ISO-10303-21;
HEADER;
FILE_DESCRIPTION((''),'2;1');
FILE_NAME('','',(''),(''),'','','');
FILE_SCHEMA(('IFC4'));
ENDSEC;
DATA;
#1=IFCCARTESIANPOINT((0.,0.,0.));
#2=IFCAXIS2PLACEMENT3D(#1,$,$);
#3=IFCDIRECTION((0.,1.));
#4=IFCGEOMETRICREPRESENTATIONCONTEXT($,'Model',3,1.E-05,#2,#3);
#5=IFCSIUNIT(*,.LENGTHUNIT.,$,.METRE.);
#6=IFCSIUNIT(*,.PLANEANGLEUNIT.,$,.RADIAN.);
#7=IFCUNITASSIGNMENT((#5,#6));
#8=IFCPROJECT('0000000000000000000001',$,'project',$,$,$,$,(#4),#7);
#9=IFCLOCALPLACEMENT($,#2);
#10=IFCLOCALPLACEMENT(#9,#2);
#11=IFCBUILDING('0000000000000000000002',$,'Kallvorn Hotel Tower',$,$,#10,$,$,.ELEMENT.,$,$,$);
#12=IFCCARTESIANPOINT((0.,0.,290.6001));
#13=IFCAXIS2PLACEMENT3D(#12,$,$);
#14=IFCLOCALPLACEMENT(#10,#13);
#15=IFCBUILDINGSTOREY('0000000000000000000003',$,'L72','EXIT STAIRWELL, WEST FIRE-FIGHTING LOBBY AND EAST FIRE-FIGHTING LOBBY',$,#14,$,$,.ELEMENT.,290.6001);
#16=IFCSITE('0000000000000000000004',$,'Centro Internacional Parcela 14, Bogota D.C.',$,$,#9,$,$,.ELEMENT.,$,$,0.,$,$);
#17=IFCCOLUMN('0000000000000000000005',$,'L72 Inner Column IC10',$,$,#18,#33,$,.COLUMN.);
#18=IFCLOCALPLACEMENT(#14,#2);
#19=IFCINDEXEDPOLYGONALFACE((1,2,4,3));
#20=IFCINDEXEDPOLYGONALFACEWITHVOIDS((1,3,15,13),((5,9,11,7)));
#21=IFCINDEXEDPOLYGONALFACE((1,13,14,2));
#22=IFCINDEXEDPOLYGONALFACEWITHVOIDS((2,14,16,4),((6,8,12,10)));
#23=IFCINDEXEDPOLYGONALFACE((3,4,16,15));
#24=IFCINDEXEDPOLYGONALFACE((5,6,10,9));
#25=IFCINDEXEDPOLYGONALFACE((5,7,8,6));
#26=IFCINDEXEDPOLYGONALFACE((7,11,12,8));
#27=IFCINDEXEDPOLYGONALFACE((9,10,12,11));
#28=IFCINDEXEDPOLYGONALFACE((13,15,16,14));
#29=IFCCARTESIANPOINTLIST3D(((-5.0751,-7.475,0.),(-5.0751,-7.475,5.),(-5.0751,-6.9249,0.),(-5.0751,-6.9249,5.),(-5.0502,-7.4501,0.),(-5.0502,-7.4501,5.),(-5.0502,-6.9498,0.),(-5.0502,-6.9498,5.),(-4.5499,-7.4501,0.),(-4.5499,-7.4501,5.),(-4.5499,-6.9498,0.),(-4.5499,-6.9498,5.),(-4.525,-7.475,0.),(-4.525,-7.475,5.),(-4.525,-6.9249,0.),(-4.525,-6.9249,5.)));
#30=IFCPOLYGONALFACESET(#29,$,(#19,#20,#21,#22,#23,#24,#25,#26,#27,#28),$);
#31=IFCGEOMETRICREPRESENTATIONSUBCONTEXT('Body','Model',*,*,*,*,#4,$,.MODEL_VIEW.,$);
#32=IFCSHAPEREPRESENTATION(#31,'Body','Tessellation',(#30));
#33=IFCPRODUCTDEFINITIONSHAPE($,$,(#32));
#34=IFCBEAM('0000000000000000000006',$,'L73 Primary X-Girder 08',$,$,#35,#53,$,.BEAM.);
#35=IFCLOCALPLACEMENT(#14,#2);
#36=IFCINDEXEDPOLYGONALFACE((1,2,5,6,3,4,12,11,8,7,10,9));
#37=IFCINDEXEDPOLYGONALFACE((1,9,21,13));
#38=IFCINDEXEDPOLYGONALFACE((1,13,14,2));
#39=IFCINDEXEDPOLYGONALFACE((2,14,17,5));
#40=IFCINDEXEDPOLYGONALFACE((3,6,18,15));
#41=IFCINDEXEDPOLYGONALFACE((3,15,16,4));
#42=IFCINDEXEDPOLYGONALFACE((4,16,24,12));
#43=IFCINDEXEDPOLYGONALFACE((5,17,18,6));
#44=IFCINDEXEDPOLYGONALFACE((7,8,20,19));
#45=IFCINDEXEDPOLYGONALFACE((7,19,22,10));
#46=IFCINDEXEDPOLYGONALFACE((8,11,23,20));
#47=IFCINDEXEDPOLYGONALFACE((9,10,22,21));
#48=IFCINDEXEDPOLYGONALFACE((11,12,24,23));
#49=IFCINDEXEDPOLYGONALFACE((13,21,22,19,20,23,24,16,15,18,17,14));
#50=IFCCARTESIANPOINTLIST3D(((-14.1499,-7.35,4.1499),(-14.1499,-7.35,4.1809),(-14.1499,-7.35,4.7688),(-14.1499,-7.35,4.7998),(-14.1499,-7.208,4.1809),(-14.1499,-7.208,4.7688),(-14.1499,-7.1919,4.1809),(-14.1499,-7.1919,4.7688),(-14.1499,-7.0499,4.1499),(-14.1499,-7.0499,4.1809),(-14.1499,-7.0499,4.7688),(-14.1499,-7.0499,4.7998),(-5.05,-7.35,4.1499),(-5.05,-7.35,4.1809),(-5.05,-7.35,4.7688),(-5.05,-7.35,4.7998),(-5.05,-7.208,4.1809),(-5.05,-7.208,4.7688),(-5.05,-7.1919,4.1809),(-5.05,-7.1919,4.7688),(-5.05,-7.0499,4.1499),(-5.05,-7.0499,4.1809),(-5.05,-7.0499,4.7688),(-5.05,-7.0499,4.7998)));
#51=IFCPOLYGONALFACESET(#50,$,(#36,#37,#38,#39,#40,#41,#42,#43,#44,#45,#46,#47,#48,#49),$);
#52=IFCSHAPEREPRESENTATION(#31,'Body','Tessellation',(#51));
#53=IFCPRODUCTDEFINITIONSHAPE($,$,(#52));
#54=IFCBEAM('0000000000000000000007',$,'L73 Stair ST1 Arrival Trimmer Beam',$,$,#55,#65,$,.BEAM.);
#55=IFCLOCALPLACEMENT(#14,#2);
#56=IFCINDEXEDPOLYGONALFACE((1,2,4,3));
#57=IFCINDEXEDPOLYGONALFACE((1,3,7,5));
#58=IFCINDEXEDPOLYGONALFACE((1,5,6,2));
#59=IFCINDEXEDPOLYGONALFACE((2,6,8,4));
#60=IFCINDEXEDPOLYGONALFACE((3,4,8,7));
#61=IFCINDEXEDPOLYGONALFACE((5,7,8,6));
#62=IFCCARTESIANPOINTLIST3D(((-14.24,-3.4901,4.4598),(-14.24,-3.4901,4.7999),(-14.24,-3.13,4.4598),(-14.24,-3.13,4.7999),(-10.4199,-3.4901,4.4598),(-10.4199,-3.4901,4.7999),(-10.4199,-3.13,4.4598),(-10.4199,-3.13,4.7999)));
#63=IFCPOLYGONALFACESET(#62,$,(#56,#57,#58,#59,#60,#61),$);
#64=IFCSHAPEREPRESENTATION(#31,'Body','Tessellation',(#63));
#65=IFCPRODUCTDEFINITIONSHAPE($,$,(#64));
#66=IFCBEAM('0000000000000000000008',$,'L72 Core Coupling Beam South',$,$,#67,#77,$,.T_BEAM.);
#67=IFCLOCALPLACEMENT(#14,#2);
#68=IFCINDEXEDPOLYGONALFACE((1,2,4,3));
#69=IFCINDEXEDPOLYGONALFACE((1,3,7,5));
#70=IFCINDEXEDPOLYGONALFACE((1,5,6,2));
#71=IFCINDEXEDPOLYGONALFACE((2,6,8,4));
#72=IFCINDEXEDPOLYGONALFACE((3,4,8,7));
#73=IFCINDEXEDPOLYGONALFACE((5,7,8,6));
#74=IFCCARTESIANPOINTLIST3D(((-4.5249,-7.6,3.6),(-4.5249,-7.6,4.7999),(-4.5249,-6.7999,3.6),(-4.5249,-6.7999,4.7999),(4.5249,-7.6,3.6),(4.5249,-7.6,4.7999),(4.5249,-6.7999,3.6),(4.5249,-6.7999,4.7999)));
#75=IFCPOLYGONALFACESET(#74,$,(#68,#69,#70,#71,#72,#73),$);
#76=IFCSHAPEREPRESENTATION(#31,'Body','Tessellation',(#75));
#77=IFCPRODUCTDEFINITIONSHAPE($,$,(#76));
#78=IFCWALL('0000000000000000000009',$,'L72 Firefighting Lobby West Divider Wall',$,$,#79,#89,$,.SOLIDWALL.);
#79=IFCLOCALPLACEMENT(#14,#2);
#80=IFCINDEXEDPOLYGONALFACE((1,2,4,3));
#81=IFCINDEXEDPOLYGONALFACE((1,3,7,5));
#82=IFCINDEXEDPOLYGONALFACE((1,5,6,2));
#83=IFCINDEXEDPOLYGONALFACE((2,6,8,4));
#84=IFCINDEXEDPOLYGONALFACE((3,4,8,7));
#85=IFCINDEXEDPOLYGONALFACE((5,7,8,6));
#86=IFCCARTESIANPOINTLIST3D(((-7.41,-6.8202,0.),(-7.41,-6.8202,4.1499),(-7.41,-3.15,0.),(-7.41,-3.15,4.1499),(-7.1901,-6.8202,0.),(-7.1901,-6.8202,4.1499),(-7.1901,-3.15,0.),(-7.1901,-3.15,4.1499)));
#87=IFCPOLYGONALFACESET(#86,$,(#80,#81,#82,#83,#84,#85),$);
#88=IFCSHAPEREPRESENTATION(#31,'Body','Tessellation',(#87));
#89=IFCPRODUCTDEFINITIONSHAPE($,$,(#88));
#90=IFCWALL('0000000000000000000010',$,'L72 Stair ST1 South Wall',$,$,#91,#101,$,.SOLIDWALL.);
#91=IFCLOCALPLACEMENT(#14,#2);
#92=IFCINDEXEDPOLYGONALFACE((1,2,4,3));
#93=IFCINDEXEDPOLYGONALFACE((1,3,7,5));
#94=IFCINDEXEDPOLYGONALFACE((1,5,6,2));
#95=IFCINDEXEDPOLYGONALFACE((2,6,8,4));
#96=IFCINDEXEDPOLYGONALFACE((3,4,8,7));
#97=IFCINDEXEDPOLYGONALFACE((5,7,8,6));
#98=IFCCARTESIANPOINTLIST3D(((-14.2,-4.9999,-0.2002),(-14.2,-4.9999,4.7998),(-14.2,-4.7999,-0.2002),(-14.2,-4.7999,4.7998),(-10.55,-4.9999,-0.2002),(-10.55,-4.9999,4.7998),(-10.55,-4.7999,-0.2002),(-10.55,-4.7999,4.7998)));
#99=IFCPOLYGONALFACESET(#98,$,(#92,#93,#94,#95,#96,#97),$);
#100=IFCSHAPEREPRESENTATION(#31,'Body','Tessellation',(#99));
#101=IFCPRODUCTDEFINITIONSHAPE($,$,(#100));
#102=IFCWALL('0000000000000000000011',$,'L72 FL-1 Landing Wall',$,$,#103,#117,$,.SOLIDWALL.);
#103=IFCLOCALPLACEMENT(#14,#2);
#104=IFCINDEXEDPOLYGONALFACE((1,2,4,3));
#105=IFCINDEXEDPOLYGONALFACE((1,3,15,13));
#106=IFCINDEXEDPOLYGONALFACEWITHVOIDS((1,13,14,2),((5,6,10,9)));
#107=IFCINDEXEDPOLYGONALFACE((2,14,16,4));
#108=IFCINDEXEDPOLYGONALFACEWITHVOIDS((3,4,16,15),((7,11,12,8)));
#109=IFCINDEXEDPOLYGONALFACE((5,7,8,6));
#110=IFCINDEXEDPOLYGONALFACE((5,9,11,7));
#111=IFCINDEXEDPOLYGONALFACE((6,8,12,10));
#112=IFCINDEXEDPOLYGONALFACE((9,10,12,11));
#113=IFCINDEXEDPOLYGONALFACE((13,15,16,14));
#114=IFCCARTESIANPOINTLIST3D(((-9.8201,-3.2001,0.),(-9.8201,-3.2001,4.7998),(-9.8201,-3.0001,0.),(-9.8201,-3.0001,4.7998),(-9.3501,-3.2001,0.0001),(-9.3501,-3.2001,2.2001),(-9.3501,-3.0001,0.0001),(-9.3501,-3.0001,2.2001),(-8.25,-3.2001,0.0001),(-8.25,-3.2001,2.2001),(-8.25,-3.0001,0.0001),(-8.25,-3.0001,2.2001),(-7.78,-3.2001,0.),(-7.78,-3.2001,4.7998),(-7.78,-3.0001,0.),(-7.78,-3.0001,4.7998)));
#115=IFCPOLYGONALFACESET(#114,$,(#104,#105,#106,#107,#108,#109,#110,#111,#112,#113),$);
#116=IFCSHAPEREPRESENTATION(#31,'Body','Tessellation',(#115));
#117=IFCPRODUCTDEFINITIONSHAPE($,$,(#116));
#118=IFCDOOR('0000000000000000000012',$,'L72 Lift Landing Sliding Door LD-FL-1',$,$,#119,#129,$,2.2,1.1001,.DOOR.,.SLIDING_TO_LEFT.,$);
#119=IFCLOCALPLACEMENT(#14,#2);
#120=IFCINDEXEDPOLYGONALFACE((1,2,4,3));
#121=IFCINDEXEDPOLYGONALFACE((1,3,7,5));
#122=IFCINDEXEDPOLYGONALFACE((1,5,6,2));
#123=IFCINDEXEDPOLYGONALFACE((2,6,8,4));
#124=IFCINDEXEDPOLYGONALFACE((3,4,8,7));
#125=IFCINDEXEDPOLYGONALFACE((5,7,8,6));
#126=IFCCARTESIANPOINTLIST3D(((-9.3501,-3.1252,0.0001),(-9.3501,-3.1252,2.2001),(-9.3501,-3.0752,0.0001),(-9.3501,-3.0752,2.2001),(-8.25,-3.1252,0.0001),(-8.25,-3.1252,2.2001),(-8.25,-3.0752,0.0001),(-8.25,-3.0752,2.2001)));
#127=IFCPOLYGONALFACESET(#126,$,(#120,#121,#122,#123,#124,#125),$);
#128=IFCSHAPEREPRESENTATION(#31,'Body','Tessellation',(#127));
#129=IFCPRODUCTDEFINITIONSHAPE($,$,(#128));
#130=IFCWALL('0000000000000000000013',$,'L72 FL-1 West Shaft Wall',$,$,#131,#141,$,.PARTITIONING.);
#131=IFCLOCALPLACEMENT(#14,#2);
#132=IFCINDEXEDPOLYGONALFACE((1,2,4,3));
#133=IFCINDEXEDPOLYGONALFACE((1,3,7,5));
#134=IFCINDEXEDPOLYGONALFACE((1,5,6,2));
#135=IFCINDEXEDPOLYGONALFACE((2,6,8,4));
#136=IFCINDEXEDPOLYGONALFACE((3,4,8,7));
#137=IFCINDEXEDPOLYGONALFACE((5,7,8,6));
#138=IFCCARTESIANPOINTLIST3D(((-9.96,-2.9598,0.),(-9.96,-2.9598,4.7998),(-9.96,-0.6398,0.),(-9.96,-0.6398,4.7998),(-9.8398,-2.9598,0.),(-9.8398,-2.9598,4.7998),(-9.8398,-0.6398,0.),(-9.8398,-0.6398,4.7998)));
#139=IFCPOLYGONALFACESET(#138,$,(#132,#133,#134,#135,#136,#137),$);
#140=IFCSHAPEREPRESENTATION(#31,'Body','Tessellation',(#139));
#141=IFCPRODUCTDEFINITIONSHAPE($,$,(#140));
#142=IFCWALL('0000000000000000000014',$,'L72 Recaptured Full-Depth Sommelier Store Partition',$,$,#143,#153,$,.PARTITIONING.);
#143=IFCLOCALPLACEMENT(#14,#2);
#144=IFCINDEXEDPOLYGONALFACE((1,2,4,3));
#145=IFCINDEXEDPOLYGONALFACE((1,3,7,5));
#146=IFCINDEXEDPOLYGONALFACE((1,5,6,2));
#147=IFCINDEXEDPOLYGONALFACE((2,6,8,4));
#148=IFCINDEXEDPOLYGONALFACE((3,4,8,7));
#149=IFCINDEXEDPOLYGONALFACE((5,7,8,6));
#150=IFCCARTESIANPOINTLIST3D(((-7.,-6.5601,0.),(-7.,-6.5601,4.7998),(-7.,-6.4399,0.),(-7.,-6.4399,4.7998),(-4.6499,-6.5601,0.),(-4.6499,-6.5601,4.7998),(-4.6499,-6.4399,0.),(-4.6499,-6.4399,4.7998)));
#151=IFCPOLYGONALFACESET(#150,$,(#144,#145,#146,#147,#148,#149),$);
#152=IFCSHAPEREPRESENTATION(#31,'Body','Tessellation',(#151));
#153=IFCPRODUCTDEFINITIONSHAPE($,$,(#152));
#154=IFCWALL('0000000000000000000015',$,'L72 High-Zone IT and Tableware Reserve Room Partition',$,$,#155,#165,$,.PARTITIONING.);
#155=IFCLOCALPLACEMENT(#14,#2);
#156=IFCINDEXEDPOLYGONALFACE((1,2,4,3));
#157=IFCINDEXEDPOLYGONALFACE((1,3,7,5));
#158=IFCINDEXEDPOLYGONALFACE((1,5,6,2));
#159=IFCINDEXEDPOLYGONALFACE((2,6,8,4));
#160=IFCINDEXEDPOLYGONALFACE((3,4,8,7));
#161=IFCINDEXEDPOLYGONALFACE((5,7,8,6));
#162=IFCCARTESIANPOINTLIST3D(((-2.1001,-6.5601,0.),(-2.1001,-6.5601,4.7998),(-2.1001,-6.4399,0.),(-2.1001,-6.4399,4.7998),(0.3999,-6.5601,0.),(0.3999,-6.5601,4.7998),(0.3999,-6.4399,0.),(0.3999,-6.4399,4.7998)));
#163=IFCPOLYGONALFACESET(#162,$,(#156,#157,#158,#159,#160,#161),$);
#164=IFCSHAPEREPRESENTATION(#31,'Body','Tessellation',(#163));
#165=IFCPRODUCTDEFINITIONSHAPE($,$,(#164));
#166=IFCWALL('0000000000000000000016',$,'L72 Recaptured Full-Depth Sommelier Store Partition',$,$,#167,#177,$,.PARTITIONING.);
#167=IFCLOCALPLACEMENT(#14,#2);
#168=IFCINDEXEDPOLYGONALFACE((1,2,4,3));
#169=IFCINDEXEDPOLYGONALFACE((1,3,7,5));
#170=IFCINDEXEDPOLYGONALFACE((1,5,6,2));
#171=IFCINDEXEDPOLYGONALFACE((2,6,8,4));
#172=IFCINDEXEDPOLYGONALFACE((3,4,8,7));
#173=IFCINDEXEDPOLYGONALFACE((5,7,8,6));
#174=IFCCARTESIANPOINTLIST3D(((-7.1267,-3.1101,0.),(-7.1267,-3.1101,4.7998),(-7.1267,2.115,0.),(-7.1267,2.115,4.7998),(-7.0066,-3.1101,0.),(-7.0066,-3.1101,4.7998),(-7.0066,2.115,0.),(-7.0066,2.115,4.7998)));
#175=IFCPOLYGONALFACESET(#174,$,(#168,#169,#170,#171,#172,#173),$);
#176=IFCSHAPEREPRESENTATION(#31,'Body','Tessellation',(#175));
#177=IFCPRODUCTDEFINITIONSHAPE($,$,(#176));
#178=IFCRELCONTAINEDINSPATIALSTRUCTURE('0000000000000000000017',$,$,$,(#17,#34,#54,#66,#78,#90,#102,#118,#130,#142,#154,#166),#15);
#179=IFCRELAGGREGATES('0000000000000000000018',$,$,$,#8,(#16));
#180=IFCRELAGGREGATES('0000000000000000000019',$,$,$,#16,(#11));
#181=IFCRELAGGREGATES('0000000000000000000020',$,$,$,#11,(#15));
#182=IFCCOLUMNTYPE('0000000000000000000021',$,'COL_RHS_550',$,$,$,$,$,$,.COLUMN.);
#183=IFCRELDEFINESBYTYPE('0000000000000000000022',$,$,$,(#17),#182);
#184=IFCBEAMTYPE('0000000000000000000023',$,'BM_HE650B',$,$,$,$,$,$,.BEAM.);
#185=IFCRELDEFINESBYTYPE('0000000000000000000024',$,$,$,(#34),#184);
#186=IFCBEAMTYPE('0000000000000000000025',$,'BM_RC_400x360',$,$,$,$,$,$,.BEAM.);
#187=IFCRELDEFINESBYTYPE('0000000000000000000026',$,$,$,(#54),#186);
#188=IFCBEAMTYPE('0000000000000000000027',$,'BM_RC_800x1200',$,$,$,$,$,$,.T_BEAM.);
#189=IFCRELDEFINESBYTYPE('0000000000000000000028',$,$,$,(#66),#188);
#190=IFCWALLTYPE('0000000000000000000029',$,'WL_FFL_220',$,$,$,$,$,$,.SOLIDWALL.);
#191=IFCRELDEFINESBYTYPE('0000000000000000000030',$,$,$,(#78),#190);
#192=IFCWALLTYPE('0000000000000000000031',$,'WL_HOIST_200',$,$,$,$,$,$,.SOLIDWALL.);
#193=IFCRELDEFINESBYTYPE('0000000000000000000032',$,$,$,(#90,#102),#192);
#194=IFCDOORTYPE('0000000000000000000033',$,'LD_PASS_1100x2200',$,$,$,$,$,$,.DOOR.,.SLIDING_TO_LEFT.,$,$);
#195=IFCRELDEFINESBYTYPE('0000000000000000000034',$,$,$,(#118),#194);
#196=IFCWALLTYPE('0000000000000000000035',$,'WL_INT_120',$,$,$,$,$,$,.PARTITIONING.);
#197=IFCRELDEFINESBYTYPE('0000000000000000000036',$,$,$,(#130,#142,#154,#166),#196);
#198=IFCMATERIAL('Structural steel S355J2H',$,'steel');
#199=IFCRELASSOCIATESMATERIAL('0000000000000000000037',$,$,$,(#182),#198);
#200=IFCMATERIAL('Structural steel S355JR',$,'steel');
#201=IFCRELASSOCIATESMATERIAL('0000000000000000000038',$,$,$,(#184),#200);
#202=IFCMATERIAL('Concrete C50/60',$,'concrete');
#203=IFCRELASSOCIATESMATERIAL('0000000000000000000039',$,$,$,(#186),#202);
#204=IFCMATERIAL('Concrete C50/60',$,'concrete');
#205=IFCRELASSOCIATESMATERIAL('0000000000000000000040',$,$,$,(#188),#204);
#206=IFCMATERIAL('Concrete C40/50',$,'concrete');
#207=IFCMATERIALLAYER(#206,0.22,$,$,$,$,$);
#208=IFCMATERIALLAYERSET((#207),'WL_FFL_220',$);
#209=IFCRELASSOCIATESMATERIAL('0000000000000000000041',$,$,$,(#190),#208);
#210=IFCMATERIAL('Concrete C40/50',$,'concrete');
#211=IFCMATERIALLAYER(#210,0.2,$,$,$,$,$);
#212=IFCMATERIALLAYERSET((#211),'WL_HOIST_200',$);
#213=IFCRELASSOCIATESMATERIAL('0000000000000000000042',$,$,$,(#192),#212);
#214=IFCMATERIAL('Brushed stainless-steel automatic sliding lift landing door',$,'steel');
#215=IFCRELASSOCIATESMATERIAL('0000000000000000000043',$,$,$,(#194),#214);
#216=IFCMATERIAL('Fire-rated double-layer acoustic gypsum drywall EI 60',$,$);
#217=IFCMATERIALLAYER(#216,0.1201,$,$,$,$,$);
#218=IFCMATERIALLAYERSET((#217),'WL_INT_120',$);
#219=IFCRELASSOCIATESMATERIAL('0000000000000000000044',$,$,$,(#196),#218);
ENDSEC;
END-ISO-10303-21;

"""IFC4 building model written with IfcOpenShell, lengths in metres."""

from ifc_helpers import new_model, si_unit, direction, frame, frame_2d, origin, origin_2d, place, context, subcontext, project, spatial, rectangle, hollow_rectangle, i_section, extrude, material, layer, layer_set, material_profile, profile_set, type_object, element, fill, save


model = new_model("IFC4")

# Units and contexts
model_context = context("Model", 3, precision=1e-05, world=origin(), true_north=direction((0.0, 1.0)))
body_context = subcontext(model_context, "Body", "Model", "MODEL_VIEW")
ifc_project = project(units=[si_unit("LENGTHUNIT", "METRE"), si_unit("PLANEANGLEUNIT", "RADIAN")], contexts=[model_context])

# Site, building, storey
site_placement = place(None, origin())
site = spatial("IfcSite", under=ifc_project, at=site_placement, Name="Centro Internacional Parcela 14, Bogota D.C.", CompositionType="ELEMENT", RefElevation=0.0)
building_placement = place(site_placement, origin())
building = spatial("IfcBuilding", under=site, at=building_placement, Name="Kallvorn Hotel Tower", CompositionType="ELEMENT")
storey_placement = place(building_placement, frame((0.0, 0.0, 290.6001)))
storey = spatial("IfcBuildingStorey", under=building, at=storey_placement, Name="L72", Description="EXIT STAIRWELL, WEST FIRE-FIGHTING LOBBY AND EAST FIRE-FIGHTING LOBBY", CompositionType="ELEMENT", Elevation=290.6001)

# Column
ifc_material_1 = material(Name="Structural steel S355J2H", Category="steel")
ifc_material_profile_1 = material_profile(ifc_material_1, hollow_rectangle(XDim=0.55, YDim=0.55, WallThickness=0.0249, at=origin_2d()), Name="RHS 550x550x25")
ifc_profile_set_1 = profile_set([ifc_material_profile_1], Name="Structural steel S355J2H")
column_type = type_object("IfcColumnType", Name="COL_RHS_550", PredefinedType="COLUMN", material=ifc_profile_set_1)
column_placement = place(storey_placement, frame((-4.8, -7.2, 0.0), z_axis=(0.0, 0.0, 1.0), x_axis=(1.0, 0.0, 0.0)))
element("IfcColumn", 1, at=column_placement, inside=storey, type_object=column_type, Name="L72 Inner Column IC10", PredefinedType="COLUMN", context=body_context, shape_type="SweptSolid", body=[
    extrude(hollow_rectangle(XDim=0.55, YDim=0.55, WallThickness=0.0249, at=origin_2d()), origin(), (0.0, 0.0, 1.0), 5.0),
])

# Beams
ifc_material_2 = material(Name="Structural steel S355JR", Category="steel")
ifc_material_profile_2 = material_profile(ifc_material_2, i_section(OverallWidth=0.3, OverallDepth=0.6499, WebThickness=0.0161, FlangeThickness=0.031, at=origin_2d()), Name="HE 650 B")
ifc_profile_set_2 = profile_set([ifc_material_profile_2], Name="Structural steel S355JR")
beam_type_1 = type_object("IfcBeamType", Name="BM_HE650B", PredefinedType="BEAM", material=ifc_profile_set_2)
beam_1_placement = place(storey_placement, frame((-14.1499, -7.2, 4.4749), z_axis=(1.0, 0.0, 0.0), x_axis=(0.0, 1.0, 0.0)))
element("IfcBeam", 2, at=beam_1_placement, inside=storey, type_object=beam_type_1, Name="L73 Primary X-Girder 08", PredefinedType="BEAM", context=body_context, shape_type="SweptSolid", body=[
    extrude(i_section(OverallWidth=0.3, OverallDepth=0.6499, WebThickness=0.0161, FlangeThickness=0.031, at=origin_2d()), origin(), (0.0, 0.0, 1.0), 9.0999),
])
ifc_material_3 = material(Name="Concrete C50/60", Category="concrete")
ifc_material_profile_3 = material_profile(ifc_material_3, rectangle(XDim=0.3601, YDim=0.3401, at=origin_2d()), Name="RC 360x340")
ifc_profile_set_3 = profile_set([ifc_material_profile_3], Name="Concrete C50/60")
beam_type_2 = type_object("IfcBeamType", Name="BM_RC_400x360", PredefinedType="BEAM", material=ifc_profile_set_3)
beam_2_placement = place(storey_placement, frame((-10.4199, -3.3101, 4.6299), z_axis=(-1.0, 0.0, 0.0), x_axis=(0.0, -1.0, 0.0)))
element("IfcBeam", 3, at=beam_2_placement, inside=storey, type_object=beam_type_2, Name="L73 Stair ST1 Arrival Trimmer Beam", PredefinedType="BEAM", context=body_context, shape_type="SweptSolid", body=[
    extrude(rectangle(XDim=0.3601, YDim=0.3401, at=origin_2d()), origin(), (0.0, 0.0, 1.0), 3.8201),
])
ifc_material_4 = material(Name="Concrete C50/60", Category="concrete")
ifc_material_profile_4 = material_profile(ifc_material_4, rectangle(XDim=0.8, YDim=1.2, at=origin_2d()), Name="RC 800x1200")
ifc_profile_set_4 = profile_set([ifc_material_profile_4], Name="Concrete C50/60")
beam_type_3 = type_object("IfcBeamType", Name="BM_RC_800x1200", PredefinedType="T_BEAM", material=ifc_profile_set_4)
beam_3_placement = place(storey_placement, frame((-4.5249, -7.2, 4.2), z_axis=(1.0, 0.0, 0.0), x_axis=(0.0, 1.0, 0.0)))
element("IfcBeam", 4, at=beam_3_placement, inside=storey, type_object=beam_type_3, Name="L72 Core Coupling Beam South", PredefinedType="T_BEAM", context=body_context, shape_type="SweptSolid", body=[
    extrude(rectangle(XDim=0.8, YDim=1.2, at=origin_2d()), origin(), (0.0, 0.0, 1.0), 9.0498),
])

# Walls
ifc_material_5 = material(Name="Concrete C40/50", Category="concrete")
ifc_layer_1 = layer(ifc_material_5, 0.22)
ifc_layer_set_1 = layer_set([ifc_layer_1], Name="WL_FFL_220")
wall_type_1 = type_object("IfcWallType", Name="WL_FFL_220", PredefinedType="SOLIDWALL", material=ifc_layer_set_1)
wall_1_placement = place(storey_placement, frame((-7.3, -6.8201, 0.0), z_axis=(0.0, 0.0, 1.0), x_axis=(0.0, 1.0, 0.0)))
element("IfcWall", 5, at=wall_1_placement, inside=storey, type_object=wall_type_1, Name="L72 Firefighting Lobby West Divider Wall", PredefinedType="SOLIDWALL", context=body_context, shape_type="SweptSolid", body=[
    extrude(rectangle(XDim=3.6702, YDim=0.22, at=frame_2d((1.835, 0.0))), origin(), (0.0, 0.0, 1.0), 4.1499),
])
ifc_material_6 = material(Name="Concrete C40/50", Category="concrete")
ifc_layer_2 = layer(ifc_material_6, 0.2)
ifc_layer_set_2 = layer_set([ifc_layer_2], Name="WL_HOIST_200")
wall_type_2 = type_object("IfcWallType", Name="WL_HOIST_200", PredefinedType="SOLIDWALL", material=ifc_layer_set_2)
wall_2_placement = place(storey_placement, frame((-14.2, -4.8999, -0.2002), z_axis=(0.0, 0.0, 1.0), x_axis=(1.0, 0.0, 0.0)))
element("IfcWall", 6, at=wall_2_placement, inside=storey, type_object=wall_type_2, Name="L72 Stair ST1 South Wall", PredefinedType="SOLIDWALL", context=body_context, shape_type="SweptSolid", body=[
    extrude(rectangle(XDim=3.6499, YDim=0.2, at=frame_2d((1.825, 0.0))), origin(), (0.0, 0.0, 1.0), 5.0),
])

# Wall, opening, door
wall_3_placement = place(storey_placement, frame((-9.8201, -3.1001, 0.0), z_axis=(0.0, 0.0, 1.0), x_axis=(1.0, 0.0, 0.0)))
wall_3 = element("IfcWall", 7, at=wall_3_placement, inside=storey, type_object=wall_type_2, Name="L72 FL-1 Landing Wall", PredefinedType="SOLIDWALL", context=body_context, shape_type="SweptSolid", body=[
    extrude(rectangle(XDim=2.04, YDim=0.2, at=frame_2d((1.02, 0.0))), origin(), (0.0, 0.0, 1.0), 4.7998),
])
opening_1_placement = place(wall_3_placement, frame((0.47, 0.0, 0.0)))
opening_1 = element("IfcOpeningElement", 8, at=opening_1_placement, cuts=wall_3, PredefinedType="OPENING", context=body_context, shape_type="SweptSolid", body=[
    extrude(rectangle(XDim=1.1001, YDim=2.2, at=frame_2d((0.55, 1.1001))), frame((0.0, 0.115, 0.0), z_axis=(0.0, -1.0, 0.0), x_axis=(1.0, 0.0, 0.0)), (0.0, 0.0, 1.0), 0.23),
])
ifc_material_7 = material(Name="Brushed stainless-steel automatic sliding lift landing door", Category="steel")
door_type_1 = type_object("IfcDoorType", Name="LD_PASS_1100x2200", OperationType="SLIDING_TO_LEFT", PredefinedType="DOOR", material=ifc_material_7)
door_1_placement = place(opening_1_placement, origin())
door_1 = element("IfcDoor", 9, at=door_1_placement, inside=storey, type_object=door_type_1, Name="L72 Lift Landing Sliding Door LD-FL-1", OperationType="SLIDING_TO_LEFT", OverallHeight=2.2, OverallWidth=1.1001, PredefinedType="DOOR", context=body_context, shape_type="SweptSolid", body=[
    extrude(rectangle(XDim=1.1001, YDim=2.2, at=frame_2d((0.55, 1.1001))), frame((0.0, 0.0249, 0.0), z_axis=(0.0, -1.0, 0.0), x_axis=(1.0, 0.0, 0.0)), (0.0, 0.0, 1.0), 0.05),
])
fill(opening_1, door_1)

# Walls
ifc_material_8 = material(Name="Fire-rated double-layer acoustic gypsum drywall EI 60")
ifc_layer_3 = layer(ifc_material_8, 0.1201)
ifc_layer_set_3 = layer_set([ifc_layer_3], Name="WL_INT_120")
wall_type_3 = type_object("IfcWallType", Name="WL_INT_120", PredefinedType="PARTITIONING", material=ifc_layer_set_3)
wall_4_placement = place(storey_placement, frame((-9.8999, -2.96, 0.0), z_axis=(0.0, 0.0, 1.0), x_axis=(0.0, 1.0, 0.0)))
element("IfcWall", 10, at=wall_4_placement, inside=storey, type_object=wall_type_3, Name="L72 FL-1 West Shaft Wall", PredefinedType="PARTITIONING", context=body_context, shape_type="SweptSolid", body=[
    extrude(rectangle(XDim=2.3201, YDim=0.1201, at=frame_2d((1.1602, 0.0))), origin(), (0.0, 0.0, 1.0), 4.7998),
])
wall_5_placement = place(storey_placement, frame((-7.0, -6.5, 0.0), z_axis=(0.0, 0.0, 1.0), x_axis=(1.0, 0.0, 0.0)))
element("IfcWall", 11, at=wall_5_placement, inside=storey, type_object=wall_type_3, Name="L72 Recaptured Full-Depth Sommelier Store Partition", PredefinedType="PARTITIONING", context=body_context, shape_type="SweptSolid", body=[
    extrude(rectangle(XDim=2.3501, YDim=0.1201, at=frame_2d((1.175, 0.0))), origin(), (0.0, 0.0, 1.0), 4.7998),
])
wall_6_placement = place(storey_placement, frame((-2.1001, -6.5, 0.0), z_axis=(0.0, 0.0, 1.0), x_axis=(1.0, 0.0, 0.0)))
element("IfcWall", 12, at=wall_6_placement, inside=storey, type_object=wall_type_3, Name="L72 High-Zone IT and Tableware Reserve Room Partition", PredefinedType="PARTITIONING", context=body_context, shape_type="SweptSolid", body=[
    extrude(rectangle(XDim=2.5, YDim=0.1201, at=frame_2d((1.25, 0.0))), origin(), (0.0, 0.0, 1.0), 4.7998),
])
wall_7_placement = place(storey_placement, frame((-7.0667, -3.1101, 0.0), z_axis=(0.0, 0.0, 1.0), x_axis=(0.0, 1.0, 0.0)))
element("IfcWall", 13, at=wall_7_placement, inside=storey, type_object=wall_type_3, Name="L72 Recaptured Full-Depth Sommelier Store Partition", PredefinedType="PARTITIONING", context=body_context, shape_type="SweptSolid", body=[
    extrude(rectangle(XDim=5.2251, YDim=0.1201, at=frame_2d((2.6125, 0.0))), origin(), (0.0, 0.0, 1.0), 4.7998),
])

save(model, "model.ifc")
